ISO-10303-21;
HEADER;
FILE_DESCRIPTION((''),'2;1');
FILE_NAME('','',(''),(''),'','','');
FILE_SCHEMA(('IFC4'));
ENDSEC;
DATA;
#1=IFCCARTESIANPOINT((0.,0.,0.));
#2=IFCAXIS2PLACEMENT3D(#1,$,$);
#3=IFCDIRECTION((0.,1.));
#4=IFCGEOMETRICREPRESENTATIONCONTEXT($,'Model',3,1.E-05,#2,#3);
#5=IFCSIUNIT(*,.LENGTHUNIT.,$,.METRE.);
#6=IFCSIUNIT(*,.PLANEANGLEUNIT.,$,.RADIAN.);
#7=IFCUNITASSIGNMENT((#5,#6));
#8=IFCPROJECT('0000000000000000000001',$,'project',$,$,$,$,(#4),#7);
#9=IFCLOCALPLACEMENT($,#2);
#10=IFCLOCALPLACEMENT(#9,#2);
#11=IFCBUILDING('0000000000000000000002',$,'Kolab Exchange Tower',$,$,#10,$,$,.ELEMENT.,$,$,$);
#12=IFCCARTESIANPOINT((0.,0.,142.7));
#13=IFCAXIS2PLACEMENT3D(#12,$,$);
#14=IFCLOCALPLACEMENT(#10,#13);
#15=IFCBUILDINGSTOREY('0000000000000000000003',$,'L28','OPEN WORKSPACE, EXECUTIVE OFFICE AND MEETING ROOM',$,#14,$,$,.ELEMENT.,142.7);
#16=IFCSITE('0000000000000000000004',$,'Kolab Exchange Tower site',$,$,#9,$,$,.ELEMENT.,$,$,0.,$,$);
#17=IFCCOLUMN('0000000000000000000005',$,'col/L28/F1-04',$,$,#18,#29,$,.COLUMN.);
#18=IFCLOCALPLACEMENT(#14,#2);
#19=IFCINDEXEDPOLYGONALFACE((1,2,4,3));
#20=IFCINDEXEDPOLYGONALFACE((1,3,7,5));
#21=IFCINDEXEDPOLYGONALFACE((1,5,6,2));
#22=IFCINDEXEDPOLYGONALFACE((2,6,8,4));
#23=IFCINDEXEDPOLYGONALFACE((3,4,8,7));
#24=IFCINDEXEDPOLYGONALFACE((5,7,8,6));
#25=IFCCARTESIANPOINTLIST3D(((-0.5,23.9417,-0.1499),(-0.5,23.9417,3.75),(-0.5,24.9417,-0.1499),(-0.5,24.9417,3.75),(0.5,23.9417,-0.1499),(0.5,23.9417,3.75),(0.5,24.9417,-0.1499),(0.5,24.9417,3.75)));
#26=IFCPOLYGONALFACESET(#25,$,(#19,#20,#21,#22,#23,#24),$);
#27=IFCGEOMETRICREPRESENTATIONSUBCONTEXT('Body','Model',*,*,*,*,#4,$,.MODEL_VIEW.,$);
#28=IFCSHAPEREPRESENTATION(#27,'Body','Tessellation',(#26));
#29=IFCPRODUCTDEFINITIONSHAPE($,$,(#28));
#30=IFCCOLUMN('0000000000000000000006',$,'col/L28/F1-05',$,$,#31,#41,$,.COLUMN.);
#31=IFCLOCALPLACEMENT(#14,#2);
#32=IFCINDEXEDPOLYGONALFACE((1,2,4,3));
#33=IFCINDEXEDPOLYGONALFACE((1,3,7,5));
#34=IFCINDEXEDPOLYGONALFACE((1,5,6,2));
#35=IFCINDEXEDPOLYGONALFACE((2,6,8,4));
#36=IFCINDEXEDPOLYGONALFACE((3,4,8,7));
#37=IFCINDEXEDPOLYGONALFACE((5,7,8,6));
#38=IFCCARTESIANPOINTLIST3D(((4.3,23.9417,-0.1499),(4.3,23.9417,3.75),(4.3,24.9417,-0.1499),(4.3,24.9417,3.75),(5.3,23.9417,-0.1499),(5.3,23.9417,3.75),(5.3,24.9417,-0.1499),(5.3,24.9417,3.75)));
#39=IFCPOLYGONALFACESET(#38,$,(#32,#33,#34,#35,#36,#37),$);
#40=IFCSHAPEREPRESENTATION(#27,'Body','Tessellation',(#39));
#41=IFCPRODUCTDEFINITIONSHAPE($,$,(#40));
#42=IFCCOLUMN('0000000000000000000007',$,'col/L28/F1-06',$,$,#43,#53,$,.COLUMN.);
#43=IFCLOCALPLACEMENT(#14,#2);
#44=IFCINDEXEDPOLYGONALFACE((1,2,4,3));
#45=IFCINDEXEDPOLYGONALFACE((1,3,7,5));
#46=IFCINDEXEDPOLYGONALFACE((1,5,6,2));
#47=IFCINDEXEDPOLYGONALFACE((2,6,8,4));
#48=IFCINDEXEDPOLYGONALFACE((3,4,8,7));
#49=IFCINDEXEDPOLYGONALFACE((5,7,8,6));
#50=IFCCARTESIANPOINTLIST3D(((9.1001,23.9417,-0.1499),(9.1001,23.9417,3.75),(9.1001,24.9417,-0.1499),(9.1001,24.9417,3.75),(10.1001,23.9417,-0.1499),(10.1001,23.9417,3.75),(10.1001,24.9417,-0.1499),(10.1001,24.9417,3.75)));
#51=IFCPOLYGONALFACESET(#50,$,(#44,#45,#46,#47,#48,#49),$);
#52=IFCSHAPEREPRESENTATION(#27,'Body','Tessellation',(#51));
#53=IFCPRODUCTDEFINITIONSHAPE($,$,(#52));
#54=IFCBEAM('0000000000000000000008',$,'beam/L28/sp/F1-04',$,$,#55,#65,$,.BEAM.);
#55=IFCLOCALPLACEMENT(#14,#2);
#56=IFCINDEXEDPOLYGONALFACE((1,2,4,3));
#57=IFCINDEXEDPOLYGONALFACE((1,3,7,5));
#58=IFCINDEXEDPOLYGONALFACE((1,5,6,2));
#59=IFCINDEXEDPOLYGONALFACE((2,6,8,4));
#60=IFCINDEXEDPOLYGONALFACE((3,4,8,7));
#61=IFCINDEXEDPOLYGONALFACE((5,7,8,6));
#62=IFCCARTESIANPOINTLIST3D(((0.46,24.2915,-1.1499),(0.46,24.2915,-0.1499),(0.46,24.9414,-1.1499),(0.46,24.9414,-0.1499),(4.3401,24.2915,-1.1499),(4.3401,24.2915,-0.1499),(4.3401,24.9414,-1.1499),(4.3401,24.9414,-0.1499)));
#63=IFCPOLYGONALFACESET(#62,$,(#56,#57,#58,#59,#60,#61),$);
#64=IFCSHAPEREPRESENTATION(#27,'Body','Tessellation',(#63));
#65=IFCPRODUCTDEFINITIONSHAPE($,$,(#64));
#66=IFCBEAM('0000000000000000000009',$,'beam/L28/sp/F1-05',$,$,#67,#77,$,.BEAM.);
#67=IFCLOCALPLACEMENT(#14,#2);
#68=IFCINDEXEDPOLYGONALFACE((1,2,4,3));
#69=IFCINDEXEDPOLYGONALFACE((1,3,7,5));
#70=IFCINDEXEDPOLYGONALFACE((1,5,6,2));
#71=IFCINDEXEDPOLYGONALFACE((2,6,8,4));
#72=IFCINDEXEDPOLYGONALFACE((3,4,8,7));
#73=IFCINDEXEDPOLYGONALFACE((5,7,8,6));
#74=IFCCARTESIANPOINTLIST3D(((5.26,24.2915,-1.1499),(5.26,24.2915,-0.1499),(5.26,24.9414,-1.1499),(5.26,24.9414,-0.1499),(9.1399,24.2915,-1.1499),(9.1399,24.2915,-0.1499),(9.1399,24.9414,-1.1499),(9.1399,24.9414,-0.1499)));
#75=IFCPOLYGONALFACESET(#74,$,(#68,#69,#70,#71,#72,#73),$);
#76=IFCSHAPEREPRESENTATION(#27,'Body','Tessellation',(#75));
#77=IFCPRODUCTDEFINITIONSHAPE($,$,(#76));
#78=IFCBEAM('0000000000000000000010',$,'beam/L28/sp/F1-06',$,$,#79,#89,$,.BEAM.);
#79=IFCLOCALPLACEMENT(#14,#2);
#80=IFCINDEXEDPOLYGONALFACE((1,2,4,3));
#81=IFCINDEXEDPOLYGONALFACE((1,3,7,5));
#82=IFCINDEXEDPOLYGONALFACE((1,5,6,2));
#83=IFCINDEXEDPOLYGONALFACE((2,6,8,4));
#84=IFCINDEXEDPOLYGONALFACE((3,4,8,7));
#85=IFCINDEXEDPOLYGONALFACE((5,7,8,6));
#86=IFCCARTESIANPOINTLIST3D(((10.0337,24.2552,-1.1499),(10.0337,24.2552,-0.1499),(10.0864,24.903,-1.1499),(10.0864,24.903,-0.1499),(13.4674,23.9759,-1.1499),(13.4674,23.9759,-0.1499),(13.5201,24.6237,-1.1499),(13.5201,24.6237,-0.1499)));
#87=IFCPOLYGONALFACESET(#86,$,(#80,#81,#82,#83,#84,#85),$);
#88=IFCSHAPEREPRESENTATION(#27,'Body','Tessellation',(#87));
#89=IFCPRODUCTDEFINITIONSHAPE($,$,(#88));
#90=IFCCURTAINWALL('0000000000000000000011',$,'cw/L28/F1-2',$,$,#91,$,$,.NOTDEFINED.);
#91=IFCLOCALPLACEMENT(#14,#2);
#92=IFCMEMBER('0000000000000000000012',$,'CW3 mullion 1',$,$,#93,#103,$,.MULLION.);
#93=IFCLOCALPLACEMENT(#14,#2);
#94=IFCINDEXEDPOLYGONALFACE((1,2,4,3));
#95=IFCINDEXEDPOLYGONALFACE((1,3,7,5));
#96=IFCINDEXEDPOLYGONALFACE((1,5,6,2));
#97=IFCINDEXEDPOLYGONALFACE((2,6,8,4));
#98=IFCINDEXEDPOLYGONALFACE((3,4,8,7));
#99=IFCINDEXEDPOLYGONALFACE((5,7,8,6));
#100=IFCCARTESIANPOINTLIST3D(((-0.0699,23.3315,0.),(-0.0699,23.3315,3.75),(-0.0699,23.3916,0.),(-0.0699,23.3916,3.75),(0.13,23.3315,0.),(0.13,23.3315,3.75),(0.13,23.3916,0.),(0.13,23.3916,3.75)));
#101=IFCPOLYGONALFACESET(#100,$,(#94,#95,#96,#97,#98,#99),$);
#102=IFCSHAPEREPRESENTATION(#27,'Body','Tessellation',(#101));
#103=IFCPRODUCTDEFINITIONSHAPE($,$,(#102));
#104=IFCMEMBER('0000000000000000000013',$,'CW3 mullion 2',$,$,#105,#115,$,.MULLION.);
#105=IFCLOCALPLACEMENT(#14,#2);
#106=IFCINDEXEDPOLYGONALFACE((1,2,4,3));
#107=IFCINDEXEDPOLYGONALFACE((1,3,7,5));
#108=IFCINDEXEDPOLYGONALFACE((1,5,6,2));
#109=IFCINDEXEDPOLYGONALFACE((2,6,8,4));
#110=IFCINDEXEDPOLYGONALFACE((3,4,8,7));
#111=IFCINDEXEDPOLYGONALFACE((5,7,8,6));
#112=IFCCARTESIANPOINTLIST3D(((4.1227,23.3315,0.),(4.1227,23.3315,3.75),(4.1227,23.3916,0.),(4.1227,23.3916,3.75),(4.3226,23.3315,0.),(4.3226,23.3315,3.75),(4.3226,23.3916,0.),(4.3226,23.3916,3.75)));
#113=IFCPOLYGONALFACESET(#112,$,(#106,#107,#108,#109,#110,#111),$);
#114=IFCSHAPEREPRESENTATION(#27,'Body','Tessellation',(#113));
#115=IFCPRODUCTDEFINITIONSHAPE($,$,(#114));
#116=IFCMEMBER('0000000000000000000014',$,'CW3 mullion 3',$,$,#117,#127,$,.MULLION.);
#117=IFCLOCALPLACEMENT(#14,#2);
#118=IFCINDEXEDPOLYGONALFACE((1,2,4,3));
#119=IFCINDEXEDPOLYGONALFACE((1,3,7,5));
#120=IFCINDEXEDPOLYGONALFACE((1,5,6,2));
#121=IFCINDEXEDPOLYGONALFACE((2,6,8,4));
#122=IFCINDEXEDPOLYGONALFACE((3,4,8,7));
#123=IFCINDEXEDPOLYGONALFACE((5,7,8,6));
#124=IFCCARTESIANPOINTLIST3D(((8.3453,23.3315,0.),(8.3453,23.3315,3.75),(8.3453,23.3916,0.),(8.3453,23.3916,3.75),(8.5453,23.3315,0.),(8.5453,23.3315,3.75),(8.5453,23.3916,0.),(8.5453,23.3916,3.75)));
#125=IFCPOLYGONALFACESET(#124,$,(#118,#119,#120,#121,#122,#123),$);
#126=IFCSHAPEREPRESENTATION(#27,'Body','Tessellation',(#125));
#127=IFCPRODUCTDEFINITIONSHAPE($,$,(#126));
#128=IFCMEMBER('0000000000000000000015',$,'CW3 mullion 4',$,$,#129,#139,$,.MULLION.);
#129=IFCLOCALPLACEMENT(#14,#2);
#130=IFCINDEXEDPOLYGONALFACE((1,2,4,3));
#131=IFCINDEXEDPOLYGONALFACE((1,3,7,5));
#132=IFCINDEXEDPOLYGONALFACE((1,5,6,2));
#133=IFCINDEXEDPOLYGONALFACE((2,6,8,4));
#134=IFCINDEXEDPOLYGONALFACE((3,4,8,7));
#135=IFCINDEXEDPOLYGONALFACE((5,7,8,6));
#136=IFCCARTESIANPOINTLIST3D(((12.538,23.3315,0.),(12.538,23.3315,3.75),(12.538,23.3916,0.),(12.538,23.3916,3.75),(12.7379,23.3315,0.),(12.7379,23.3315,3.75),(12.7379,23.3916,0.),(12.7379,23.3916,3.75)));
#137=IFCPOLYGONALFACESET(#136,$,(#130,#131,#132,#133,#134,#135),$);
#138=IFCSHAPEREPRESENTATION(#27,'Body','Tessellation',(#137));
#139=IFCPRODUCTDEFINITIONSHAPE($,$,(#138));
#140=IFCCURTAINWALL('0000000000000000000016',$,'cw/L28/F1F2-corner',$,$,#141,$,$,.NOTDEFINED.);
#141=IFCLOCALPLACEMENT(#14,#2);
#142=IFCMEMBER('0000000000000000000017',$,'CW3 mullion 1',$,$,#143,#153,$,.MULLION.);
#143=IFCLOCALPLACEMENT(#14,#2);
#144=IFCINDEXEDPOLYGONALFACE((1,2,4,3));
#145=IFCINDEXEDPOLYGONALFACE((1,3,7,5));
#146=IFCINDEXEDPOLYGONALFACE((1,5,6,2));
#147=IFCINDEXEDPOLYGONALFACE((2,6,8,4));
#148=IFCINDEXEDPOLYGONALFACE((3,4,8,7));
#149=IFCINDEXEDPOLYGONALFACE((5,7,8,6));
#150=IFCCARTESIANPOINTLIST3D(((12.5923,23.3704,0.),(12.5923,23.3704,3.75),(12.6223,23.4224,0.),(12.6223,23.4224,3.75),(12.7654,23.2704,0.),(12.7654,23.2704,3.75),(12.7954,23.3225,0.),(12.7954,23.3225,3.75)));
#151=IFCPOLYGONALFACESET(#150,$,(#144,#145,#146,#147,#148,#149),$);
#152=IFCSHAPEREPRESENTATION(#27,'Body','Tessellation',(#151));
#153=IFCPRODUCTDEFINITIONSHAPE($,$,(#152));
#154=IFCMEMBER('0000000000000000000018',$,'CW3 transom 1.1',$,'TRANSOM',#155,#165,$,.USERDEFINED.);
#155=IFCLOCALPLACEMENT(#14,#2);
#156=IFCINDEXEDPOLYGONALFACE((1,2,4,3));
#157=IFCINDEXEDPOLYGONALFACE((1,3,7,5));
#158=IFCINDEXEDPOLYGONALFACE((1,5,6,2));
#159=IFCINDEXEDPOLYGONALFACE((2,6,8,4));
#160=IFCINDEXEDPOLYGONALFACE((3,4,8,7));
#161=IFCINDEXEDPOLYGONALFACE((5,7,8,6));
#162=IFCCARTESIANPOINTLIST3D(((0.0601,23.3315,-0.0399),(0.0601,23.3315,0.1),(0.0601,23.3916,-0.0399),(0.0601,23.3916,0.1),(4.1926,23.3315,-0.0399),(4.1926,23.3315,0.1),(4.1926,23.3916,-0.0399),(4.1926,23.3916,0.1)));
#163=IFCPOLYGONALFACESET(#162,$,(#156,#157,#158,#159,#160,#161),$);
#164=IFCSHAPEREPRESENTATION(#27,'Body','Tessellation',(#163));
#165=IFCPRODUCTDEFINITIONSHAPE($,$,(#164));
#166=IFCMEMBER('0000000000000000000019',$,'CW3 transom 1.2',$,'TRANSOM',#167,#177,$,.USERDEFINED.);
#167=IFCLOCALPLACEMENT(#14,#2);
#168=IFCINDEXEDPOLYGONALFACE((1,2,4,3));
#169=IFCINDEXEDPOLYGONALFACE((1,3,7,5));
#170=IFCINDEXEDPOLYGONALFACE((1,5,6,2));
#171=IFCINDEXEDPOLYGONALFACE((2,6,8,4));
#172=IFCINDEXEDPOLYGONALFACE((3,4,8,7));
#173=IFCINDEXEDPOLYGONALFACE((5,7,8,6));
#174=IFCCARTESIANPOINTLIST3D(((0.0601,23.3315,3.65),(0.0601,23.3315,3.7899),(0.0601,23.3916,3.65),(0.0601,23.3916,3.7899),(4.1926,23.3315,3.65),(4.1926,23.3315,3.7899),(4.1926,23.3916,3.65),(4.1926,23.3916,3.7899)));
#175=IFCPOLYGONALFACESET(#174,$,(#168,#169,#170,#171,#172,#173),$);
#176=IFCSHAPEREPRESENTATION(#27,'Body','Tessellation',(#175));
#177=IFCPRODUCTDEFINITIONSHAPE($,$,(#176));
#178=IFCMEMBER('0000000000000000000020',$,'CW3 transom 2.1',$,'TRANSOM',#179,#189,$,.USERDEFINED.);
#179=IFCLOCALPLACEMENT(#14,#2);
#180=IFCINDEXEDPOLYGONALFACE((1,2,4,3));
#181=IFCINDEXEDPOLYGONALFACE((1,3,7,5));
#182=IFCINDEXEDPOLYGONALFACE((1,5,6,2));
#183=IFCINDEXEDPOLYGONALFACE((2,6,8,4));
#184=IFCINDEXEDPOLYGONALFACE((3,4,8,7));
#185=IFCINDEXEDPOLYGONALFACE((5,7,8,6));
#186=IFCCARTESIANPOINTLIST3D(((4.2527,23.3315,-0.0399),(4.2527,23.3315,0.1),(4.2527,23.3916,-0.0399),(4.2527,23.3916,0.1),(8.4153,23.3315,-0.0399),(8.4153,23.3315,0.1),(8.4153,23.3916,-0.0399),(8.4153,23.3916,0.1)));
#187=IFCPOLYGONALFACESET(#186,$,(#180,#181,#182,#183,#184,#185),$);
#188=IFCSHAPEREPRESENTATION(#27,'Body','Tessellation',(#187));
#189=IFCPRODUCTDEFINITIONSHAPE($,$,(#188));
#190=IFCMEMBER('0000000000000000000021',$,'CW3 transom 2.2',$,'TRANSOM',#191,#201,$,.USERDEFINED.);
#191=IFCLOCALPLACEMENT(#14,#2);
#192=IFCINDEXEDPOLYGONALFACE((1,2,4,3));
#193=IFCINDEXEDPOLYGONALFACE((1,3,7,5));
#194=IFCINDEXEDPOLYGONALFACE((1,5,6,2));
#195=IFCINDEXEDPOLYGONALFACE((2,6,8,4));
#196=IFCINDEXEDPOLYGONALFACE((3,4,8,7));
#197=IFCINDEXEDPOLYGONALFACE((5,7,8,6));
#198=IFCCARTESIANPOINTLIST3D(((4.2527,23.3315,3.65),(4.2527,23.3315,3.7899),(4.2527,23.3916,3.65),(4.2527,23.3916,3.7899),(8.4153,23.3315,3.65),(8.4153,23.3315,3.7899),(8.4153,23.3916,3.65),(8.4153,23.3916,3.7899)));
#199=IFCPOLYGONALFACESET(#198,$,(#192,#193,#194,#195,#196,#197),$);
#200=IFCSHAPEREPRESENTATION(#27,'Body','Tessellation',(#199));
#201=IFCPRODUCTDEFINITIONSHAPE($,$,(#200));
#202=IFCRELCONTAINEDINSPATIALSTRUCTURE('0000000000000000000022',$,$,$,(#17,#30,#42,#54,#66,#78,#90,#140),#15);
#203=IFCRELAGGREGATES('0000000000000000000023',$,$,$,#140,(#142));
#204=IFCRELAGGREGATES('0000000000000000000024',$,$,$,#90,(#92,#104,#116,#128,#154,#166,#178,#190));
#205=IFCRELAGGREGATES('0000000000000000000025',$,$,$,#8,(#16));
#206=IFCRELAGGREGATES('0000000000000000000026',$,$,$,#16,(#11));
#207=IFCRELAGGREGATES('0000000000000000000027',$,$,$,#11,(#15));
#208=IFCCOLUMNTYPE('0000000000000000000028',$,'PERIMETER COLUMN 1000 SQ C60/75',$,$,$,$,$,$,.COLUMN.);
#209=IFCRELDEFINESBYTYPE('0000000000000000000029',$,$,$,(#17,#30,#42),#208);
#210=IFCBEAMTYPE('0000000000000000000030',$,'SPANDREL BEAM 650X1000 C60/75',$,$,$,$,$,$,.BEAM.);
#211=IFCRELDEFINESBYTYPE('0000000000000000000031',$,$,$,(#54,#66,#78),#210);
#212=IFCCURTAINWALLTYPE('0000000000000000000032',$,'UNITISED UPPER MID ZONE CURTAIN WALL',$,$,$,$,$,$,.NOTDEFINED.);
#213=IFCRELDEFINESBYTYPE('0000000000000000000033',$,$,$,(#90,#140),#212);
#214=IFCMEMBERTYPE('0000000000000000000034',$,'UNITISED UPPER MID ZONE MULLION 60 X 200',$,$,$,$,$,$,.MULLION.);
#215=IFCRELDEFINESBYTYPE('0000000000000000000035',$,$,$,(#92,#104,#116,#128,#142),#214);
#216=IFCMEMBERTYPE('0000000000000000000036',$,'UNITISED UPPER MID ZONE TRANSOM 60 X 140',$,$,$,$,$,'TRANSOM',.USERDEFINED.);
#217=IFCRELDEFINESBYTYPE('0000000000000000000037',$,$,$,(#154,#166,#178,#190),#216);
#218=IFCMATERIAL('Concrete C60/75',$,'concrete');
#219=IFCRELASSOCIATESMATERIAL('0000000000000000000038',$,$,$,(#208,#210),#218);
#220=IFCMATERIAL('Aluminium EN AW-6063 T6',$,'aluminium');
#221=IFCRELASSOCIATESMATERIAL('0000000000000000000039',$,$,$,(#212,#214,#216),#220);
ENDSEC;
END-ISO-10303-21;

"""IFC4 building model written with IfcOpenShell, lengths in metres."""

from ifc_helpers import new_model, si_unit, direction, frame, origin, origin_2d, place, context, subcontext, project, spatial, rectangle, extrude, material, material_profile, profile_set, type_object, element, aggregate, save


model = new_model("IFC4")

# Units and contexts
model_context = context("Model", 3, precision=1e-05, world=origin(), true_north=direction((0.0, 1.0)))
body_context = subcontext(model_context, "Body", "Model", "MODEL_VIEW")
ifc_project = project(units=[si_unit("LENGTHUNIT", "METRE"), si_unit("PLANEANGLEUNIT", "RADIAN")], contexts=[model_context])

# Site, building, storey
site_placement = place(None, origin())
site = spatial("IfcSite", under=ifc_project, at=site_placement, Name="Kolab Exchange Tower site", CompositionType="ELEMENT", RefElevation=0.0)
building_placement = place(site_placement, origin())
building = spatial("IfcBuilding", under=site, at=building_placement, Name="Kolab Exchange Tower", CompositionType="ELEMENT")
storey_placement = place(building_placement, frame((0.0, 0.0, 142.7)))
storey = spatial("IfcBuildingStorey", under=building, at=storey_placement, Name="L28", Description="OPEN WORKSPACE, EXECUTIVE OFFICE AND MEETING ROOM", CompositionType="ELEMENT", Elevation=142.7)

# Columns
ifc_material_1 = material(Name="Concrete C60/75", Category="concrete")
ifc_material_profile_1 = material_profile(ifc_material_1, rectangle(XDim=1.0, YDim=1.0, at=origin_2d()), Name="RC1000")
ifc_profile_set_1 = profile_set([ifc_material_profile_1], Name="Concrete C60/75")
column_type = type_object("IfcColumnType", Name="PERIMETER COLUMN 1000 SQ C60/75", PredefinedType="COLUMN", material=ifc_profile_set_1)
for number, where, z_axis, x_axis, name in (
    (1, (0.0, 24.4417, -0.1499), (0.0, 0.0, 1.0), (1.0, 0.0, 0.0), "col/L28/F1-04"),
    (2, (4.8, 24.4417, -0.1499), (0.0, 0.0, 1.0), (1.0, 0.0, 0.0), "col/L28/F1-05"),
    (3, (9.6001, 24.4417, -0.1499), (0.0, 0.0, 1.0), (1.0, 0.0, 0.0), "col/L28/F1-06"),
):
    element("IfcColumn", number, at=place(storey_placement, frame(where, z_axis=z_axis, x_axis=x_axis)), inside=storey, type_object=column_type, Name=name, PredefinedType="COLUMN", context=body_context, shape_type="SweptSolid", body=[
        extrude(rectangle(XDim=1.0, YDim=1.0, at=origin_2d()), origin(), (0.0, 0.0, 1.0), 3.8999),
    ])

# Beams
ifc_material_profile_2 = material_profile(ifc_material_1, rectangle(XDim=0.6499, YDim=1.0, at=origin_2d()), Name="RC650X1000")
ifc_profile_set_2 = profile_set([ifc_material_profile_2], Name="Concrete C60/75")
beam_type = type_object("IfcBeamType", Name="SPANDREL BEAM 650X1000 C60/75", PredefinedType="BEAM", material=ifc_profile_set_2)
beam_1_placement = place(storey_placement, frame((0.46, 24.6165, -0.6499), z_axis=(1.0, 0.0, 0.0), x_axis=(0.0, 1.0, 0.0)))
element("IfcBeam", 4, at=beam_1_placement, inside=storey, type_object=beam_type, Name="beam/L28/sp/F1-04", PredefinedType="BEAM", context=body_context, shape_type="SweptSolid", body=[
    extrude(rectangle(XDim=0.6499, YDim=1.0, at=origin_2d()), origin(), (0.0, 0.0, 1.0), 3.8801),
])
beam_2_placement = place(storey_placement, frame((5.26, 24.6165, -0.6499), z_axis=(1.0, 0.0, 0.0), x_axis=(0.0, 1.0, 0.0)))
element("IfcBeam", 5, at=beam_2_placement, inside=storey, type_object=beam_type, Name="beam/L28/sp/F1-05", PredefinedType="BEAM", context=body_context, shape_type="SweptSolid", body=[
    extrude(rectangle(XDim=0.6499, YDim=1.0, at=origin_2d()), origin(), (0.0, 0.0, 1.0), 3.8799),
])
beam_3_placement = place(storey_placement, frame((10.0601, 24.5791, -0.6499), z_axis=(0.996708, -0.081069, 0.0), x_axis=(0.081069, 0.996708, 0.0)))
element("IfcBeam", 6, at=beam_3_placement, inside=storey, type_object=beam_type, Name="beam/L28/sp/F1-06", PredefinedType="BEAM", context=body_context, shape_type="SweptSolid", body=[
    extrude(rectangle(XDim=0.6499, YDim=1.0, at=origin_2d()), origin(), (0.0, 0.0, 1.0), 3.4451),
])

# Curtain wall, members
ifc_material_2 = material(Name="Aluminium EN AW-6063 T6", Category="aluminium")
curtain_wall_type = type_object("IfcCurtainWallType", Name="UNITISED UPPER MID ZONE CURTAIN WALL", PredefinedType="NOTDEFINED", material=ifc_material_2)
curtain_wall_1_placement = place(storey_placement, origin())
curtain_wall_1 = element("IfcCurtainWall", 7, at=curtain_wall_1_placement, inside=storey, type_object=curtain_wall_type, Name="cw/L28/F1-2", PredefinedType="NOTDEFINED")
ifc_material_profile_3 = material_profile(ifc_material_2, rectangle(XDim=0.0601, YDim=0.2, at=origin_2d()), Name="RECT 60X200")
ifc_profile_set_3 = profile_set([ifc_material_profile_3], Name="Aluminium EN AW-6063 T6")
member_type_1 = type_object("IfcMemberType", Name="UNITISED UPPER MID ZONE MULLION 60 X 200", PredefinedType="MULLION", material=ifc_profile_set_3)
member_1_placement = place(storey_placement, frame((0.03, 23.3616, 0.0), z_axis=(0.0, 0.0, 1.0), x_axis=(0.0, 1.0, 0.0)))
member_1 = element("IfcMember", 8, at=member_1_placement, type_object=member_type_1, Name="CW3 mullion 1", PredefinedType="MULLION", context=body_context, shape_type="SweptSolid", body=[
    extrude(rectangle(XDim=0.0601, YDim=0.2, at=origin_2d()), origin(), (0.0, 0.0, 1.0), 3.75),
])
member_2_placement = place(storey_placement, frame((4.2227, 23.3616, 0.0), z_axis=(0.0, 0.0, 1.0), x_axis=(0.0, 1.0, 0.0)))
member_2 = element("IfcMember", 9, at=member_2_placement, type_object=member_type_1, Name="CW3 mullion 2", PredefinedType="MULLION", context=body_context, shape_type="SweptSolid", body=[
    extrude(rectangle(XDim=0.0601, YDim=0.2, at=origin_2d()), origin(), (0.0, 0.0, 1.0), 3.75),
])
member_3_placement = place(storey_placement, frame((8.4453, 23.3616, 0.0), z_axis=(0.0, 0.0, 1.0), x_axis=(0.0, 1.0, 0.0)))
member_3 = element("IfcMember", 10, at=member_3_placement, type_object=member_type_1, Name="CW3 mullion 3", PredefinedType="MULLION", context=body_context, shape_type="SweptSolid", body=[
    extrude(rectangle(XDim=0.0601, YDim=0.2, at=origin_2d()), origin(), (0.0, 0.0, 1.0), 3.75),
])
member_4_placement = place(storey_placement, frame((12.6379, 23.3616, 0.0), z_axis=(0.0, 0.0, 1.0), x_axis=(0.0, 1.0, 0.0)))
member_4 = element("IfcMember", 11, at=member_4_placement, type_object=member_type_1, Name="CW3 mullion 4", PredefinedType="MULLION", context=body_context, shape_type="SweptSolid", body=[
    extrude(rectangle(XDim=0.0601, YDim=0.2, at=origin_2d()), origin(), (0.0, 0.0, 1.0), 3.75),
])

# Curtain wall, member
curtain_wall_2_placement = place(storey_placement, origin())
curtain_wall_2 = element("IfcCurtainWall", 12, at=curtain_wall_2_placement, inside=storey, type_object=curtain_wall_type, Name="cw/L28/F1F2-corner", PredefinedType="NOTDEFINED")
member_5_placement = place(storey_placement, frame((12.6938, 23.3464, 0.0), z_axis=(0.0, 0.0, 1.0), x_axis=(0.5, 0.866025, 0.0)))
member_5 = element("IfcMember", 13, at=member_5_placement, type_object=member_type_1, Name="CW3 mullion 1", PredefinedType="MULLION", context=body_context, shape_type="SweptSolid", body=[
    extrude(rectangle(XDim=0.0601, YDim=0.2, at=origin_2d()), origin(), (0.0, 0.0, 1.0), 3.75),
])

# Members
ifc_material_profile_4 = material_profile(ifc_material_2, rectangle(XDim=0.0601, YDim=0.1399, at=origin_2d()), Name="RECT 60X140")
ifc_profile_set_4 = profile_set([ifc_material_profile_4], Name="Aluminium EN AW-6063 T6")
member_type_2 = type_object("IfcMemberType", Name="UNITISED UPPER MID ZONE TRANSOM 60 X 140", ElementType="TRANSOM", PredefinedType="USERDEFINED", material=ifc_profile_set_4)
member_6_placement = place(storey_placement, frame((0.0601, 23.3616, 0.03), z_axis=(1.0, 0.0, 0.0), x_axis=(0.0, 1.0, 0.0)))
member_6 = element("IfcMember", 14, at=member_6_placement, type_object=member_type_2, Name="CW3 transom 1.1", ObjectType="TRANSOM", PredefinedType="USERDEFINED", context=body_context, shape_type="SweptSolid", body=[
    extrude(rectangle(XDim=0.0601, YDim=0.1399, at=origin_2d()), origin(), (0.0, 0.0, 1.0), 4.1326),
])
member_7_placement = place(storey_placement, frame((0.0601, 23.3616, 3.72), z_axis=(1.0, 0.0, 0.0), x_axis=(0.0, 1.0, 0.0)))
member_7 = element("IfcMember", 15, at=member_7_placement, type_object=member_type_2, Name="CW3 transom 1.2", ObjectType="TRANSOM", PredefinedType="USERDEFINED", context=body_context, shape_type="SweptSolid", body=[
    extrude(rectangle(XDim=0.0601, YDim=0.1399, at=origin_2d()), origin(), (0.0, 0.0, 1.0), 4.1326),
])
member_8_placement = place(storey_placement, frame((4.2527, 23.3616, 0.03), z_axis=(1.0, 0.0, 0.0), x_axis=(0.0, 1.0, 0.0)))
member_8 = element("IfcMember", 16, at=member_8_placement, type_object=member_type_2, Name="CW3 transom 2.1", ObjectType="TRANSOM", PredefinedType="USERDEFINED", context=body_context, shape_type="SweptSolid", body=[
    extrude(rectangle(XDim=0.0601, YDim=0.1399, at=origin_2d()), origin(), (0.0, 0.0, 1.0), 4.1626),
])
member_9_placement = place(storey_placement, frame((4.2527, 23.3616, 3.72), z_axis=(1.0, 0.0, 0.0), x_axis=(0.0, 1.0, 0.0)))
member_9 = element("IfcMember", 17, at=member_9_placement, type_object=member_type_2, Name="CW3 transom 2.2", ObjectType="TRANSOM", PredefinedType="USERDEFINED", context=body_context, shape_type="SweptSolid", body=[
    extrude(rectangle(XDim=0.0601, YDim=0.1399, at=origin_2d()), origin(), (0.0, 0.0, 1.0), 4.1626),
])
aggregate(curtain_wall_2, [member_5])

aggregate(curtain_wall_1, [member_1, member_2, member_3, member_4, member_6, member_7, member_8, member_9])

save(model, "model.ifc")
